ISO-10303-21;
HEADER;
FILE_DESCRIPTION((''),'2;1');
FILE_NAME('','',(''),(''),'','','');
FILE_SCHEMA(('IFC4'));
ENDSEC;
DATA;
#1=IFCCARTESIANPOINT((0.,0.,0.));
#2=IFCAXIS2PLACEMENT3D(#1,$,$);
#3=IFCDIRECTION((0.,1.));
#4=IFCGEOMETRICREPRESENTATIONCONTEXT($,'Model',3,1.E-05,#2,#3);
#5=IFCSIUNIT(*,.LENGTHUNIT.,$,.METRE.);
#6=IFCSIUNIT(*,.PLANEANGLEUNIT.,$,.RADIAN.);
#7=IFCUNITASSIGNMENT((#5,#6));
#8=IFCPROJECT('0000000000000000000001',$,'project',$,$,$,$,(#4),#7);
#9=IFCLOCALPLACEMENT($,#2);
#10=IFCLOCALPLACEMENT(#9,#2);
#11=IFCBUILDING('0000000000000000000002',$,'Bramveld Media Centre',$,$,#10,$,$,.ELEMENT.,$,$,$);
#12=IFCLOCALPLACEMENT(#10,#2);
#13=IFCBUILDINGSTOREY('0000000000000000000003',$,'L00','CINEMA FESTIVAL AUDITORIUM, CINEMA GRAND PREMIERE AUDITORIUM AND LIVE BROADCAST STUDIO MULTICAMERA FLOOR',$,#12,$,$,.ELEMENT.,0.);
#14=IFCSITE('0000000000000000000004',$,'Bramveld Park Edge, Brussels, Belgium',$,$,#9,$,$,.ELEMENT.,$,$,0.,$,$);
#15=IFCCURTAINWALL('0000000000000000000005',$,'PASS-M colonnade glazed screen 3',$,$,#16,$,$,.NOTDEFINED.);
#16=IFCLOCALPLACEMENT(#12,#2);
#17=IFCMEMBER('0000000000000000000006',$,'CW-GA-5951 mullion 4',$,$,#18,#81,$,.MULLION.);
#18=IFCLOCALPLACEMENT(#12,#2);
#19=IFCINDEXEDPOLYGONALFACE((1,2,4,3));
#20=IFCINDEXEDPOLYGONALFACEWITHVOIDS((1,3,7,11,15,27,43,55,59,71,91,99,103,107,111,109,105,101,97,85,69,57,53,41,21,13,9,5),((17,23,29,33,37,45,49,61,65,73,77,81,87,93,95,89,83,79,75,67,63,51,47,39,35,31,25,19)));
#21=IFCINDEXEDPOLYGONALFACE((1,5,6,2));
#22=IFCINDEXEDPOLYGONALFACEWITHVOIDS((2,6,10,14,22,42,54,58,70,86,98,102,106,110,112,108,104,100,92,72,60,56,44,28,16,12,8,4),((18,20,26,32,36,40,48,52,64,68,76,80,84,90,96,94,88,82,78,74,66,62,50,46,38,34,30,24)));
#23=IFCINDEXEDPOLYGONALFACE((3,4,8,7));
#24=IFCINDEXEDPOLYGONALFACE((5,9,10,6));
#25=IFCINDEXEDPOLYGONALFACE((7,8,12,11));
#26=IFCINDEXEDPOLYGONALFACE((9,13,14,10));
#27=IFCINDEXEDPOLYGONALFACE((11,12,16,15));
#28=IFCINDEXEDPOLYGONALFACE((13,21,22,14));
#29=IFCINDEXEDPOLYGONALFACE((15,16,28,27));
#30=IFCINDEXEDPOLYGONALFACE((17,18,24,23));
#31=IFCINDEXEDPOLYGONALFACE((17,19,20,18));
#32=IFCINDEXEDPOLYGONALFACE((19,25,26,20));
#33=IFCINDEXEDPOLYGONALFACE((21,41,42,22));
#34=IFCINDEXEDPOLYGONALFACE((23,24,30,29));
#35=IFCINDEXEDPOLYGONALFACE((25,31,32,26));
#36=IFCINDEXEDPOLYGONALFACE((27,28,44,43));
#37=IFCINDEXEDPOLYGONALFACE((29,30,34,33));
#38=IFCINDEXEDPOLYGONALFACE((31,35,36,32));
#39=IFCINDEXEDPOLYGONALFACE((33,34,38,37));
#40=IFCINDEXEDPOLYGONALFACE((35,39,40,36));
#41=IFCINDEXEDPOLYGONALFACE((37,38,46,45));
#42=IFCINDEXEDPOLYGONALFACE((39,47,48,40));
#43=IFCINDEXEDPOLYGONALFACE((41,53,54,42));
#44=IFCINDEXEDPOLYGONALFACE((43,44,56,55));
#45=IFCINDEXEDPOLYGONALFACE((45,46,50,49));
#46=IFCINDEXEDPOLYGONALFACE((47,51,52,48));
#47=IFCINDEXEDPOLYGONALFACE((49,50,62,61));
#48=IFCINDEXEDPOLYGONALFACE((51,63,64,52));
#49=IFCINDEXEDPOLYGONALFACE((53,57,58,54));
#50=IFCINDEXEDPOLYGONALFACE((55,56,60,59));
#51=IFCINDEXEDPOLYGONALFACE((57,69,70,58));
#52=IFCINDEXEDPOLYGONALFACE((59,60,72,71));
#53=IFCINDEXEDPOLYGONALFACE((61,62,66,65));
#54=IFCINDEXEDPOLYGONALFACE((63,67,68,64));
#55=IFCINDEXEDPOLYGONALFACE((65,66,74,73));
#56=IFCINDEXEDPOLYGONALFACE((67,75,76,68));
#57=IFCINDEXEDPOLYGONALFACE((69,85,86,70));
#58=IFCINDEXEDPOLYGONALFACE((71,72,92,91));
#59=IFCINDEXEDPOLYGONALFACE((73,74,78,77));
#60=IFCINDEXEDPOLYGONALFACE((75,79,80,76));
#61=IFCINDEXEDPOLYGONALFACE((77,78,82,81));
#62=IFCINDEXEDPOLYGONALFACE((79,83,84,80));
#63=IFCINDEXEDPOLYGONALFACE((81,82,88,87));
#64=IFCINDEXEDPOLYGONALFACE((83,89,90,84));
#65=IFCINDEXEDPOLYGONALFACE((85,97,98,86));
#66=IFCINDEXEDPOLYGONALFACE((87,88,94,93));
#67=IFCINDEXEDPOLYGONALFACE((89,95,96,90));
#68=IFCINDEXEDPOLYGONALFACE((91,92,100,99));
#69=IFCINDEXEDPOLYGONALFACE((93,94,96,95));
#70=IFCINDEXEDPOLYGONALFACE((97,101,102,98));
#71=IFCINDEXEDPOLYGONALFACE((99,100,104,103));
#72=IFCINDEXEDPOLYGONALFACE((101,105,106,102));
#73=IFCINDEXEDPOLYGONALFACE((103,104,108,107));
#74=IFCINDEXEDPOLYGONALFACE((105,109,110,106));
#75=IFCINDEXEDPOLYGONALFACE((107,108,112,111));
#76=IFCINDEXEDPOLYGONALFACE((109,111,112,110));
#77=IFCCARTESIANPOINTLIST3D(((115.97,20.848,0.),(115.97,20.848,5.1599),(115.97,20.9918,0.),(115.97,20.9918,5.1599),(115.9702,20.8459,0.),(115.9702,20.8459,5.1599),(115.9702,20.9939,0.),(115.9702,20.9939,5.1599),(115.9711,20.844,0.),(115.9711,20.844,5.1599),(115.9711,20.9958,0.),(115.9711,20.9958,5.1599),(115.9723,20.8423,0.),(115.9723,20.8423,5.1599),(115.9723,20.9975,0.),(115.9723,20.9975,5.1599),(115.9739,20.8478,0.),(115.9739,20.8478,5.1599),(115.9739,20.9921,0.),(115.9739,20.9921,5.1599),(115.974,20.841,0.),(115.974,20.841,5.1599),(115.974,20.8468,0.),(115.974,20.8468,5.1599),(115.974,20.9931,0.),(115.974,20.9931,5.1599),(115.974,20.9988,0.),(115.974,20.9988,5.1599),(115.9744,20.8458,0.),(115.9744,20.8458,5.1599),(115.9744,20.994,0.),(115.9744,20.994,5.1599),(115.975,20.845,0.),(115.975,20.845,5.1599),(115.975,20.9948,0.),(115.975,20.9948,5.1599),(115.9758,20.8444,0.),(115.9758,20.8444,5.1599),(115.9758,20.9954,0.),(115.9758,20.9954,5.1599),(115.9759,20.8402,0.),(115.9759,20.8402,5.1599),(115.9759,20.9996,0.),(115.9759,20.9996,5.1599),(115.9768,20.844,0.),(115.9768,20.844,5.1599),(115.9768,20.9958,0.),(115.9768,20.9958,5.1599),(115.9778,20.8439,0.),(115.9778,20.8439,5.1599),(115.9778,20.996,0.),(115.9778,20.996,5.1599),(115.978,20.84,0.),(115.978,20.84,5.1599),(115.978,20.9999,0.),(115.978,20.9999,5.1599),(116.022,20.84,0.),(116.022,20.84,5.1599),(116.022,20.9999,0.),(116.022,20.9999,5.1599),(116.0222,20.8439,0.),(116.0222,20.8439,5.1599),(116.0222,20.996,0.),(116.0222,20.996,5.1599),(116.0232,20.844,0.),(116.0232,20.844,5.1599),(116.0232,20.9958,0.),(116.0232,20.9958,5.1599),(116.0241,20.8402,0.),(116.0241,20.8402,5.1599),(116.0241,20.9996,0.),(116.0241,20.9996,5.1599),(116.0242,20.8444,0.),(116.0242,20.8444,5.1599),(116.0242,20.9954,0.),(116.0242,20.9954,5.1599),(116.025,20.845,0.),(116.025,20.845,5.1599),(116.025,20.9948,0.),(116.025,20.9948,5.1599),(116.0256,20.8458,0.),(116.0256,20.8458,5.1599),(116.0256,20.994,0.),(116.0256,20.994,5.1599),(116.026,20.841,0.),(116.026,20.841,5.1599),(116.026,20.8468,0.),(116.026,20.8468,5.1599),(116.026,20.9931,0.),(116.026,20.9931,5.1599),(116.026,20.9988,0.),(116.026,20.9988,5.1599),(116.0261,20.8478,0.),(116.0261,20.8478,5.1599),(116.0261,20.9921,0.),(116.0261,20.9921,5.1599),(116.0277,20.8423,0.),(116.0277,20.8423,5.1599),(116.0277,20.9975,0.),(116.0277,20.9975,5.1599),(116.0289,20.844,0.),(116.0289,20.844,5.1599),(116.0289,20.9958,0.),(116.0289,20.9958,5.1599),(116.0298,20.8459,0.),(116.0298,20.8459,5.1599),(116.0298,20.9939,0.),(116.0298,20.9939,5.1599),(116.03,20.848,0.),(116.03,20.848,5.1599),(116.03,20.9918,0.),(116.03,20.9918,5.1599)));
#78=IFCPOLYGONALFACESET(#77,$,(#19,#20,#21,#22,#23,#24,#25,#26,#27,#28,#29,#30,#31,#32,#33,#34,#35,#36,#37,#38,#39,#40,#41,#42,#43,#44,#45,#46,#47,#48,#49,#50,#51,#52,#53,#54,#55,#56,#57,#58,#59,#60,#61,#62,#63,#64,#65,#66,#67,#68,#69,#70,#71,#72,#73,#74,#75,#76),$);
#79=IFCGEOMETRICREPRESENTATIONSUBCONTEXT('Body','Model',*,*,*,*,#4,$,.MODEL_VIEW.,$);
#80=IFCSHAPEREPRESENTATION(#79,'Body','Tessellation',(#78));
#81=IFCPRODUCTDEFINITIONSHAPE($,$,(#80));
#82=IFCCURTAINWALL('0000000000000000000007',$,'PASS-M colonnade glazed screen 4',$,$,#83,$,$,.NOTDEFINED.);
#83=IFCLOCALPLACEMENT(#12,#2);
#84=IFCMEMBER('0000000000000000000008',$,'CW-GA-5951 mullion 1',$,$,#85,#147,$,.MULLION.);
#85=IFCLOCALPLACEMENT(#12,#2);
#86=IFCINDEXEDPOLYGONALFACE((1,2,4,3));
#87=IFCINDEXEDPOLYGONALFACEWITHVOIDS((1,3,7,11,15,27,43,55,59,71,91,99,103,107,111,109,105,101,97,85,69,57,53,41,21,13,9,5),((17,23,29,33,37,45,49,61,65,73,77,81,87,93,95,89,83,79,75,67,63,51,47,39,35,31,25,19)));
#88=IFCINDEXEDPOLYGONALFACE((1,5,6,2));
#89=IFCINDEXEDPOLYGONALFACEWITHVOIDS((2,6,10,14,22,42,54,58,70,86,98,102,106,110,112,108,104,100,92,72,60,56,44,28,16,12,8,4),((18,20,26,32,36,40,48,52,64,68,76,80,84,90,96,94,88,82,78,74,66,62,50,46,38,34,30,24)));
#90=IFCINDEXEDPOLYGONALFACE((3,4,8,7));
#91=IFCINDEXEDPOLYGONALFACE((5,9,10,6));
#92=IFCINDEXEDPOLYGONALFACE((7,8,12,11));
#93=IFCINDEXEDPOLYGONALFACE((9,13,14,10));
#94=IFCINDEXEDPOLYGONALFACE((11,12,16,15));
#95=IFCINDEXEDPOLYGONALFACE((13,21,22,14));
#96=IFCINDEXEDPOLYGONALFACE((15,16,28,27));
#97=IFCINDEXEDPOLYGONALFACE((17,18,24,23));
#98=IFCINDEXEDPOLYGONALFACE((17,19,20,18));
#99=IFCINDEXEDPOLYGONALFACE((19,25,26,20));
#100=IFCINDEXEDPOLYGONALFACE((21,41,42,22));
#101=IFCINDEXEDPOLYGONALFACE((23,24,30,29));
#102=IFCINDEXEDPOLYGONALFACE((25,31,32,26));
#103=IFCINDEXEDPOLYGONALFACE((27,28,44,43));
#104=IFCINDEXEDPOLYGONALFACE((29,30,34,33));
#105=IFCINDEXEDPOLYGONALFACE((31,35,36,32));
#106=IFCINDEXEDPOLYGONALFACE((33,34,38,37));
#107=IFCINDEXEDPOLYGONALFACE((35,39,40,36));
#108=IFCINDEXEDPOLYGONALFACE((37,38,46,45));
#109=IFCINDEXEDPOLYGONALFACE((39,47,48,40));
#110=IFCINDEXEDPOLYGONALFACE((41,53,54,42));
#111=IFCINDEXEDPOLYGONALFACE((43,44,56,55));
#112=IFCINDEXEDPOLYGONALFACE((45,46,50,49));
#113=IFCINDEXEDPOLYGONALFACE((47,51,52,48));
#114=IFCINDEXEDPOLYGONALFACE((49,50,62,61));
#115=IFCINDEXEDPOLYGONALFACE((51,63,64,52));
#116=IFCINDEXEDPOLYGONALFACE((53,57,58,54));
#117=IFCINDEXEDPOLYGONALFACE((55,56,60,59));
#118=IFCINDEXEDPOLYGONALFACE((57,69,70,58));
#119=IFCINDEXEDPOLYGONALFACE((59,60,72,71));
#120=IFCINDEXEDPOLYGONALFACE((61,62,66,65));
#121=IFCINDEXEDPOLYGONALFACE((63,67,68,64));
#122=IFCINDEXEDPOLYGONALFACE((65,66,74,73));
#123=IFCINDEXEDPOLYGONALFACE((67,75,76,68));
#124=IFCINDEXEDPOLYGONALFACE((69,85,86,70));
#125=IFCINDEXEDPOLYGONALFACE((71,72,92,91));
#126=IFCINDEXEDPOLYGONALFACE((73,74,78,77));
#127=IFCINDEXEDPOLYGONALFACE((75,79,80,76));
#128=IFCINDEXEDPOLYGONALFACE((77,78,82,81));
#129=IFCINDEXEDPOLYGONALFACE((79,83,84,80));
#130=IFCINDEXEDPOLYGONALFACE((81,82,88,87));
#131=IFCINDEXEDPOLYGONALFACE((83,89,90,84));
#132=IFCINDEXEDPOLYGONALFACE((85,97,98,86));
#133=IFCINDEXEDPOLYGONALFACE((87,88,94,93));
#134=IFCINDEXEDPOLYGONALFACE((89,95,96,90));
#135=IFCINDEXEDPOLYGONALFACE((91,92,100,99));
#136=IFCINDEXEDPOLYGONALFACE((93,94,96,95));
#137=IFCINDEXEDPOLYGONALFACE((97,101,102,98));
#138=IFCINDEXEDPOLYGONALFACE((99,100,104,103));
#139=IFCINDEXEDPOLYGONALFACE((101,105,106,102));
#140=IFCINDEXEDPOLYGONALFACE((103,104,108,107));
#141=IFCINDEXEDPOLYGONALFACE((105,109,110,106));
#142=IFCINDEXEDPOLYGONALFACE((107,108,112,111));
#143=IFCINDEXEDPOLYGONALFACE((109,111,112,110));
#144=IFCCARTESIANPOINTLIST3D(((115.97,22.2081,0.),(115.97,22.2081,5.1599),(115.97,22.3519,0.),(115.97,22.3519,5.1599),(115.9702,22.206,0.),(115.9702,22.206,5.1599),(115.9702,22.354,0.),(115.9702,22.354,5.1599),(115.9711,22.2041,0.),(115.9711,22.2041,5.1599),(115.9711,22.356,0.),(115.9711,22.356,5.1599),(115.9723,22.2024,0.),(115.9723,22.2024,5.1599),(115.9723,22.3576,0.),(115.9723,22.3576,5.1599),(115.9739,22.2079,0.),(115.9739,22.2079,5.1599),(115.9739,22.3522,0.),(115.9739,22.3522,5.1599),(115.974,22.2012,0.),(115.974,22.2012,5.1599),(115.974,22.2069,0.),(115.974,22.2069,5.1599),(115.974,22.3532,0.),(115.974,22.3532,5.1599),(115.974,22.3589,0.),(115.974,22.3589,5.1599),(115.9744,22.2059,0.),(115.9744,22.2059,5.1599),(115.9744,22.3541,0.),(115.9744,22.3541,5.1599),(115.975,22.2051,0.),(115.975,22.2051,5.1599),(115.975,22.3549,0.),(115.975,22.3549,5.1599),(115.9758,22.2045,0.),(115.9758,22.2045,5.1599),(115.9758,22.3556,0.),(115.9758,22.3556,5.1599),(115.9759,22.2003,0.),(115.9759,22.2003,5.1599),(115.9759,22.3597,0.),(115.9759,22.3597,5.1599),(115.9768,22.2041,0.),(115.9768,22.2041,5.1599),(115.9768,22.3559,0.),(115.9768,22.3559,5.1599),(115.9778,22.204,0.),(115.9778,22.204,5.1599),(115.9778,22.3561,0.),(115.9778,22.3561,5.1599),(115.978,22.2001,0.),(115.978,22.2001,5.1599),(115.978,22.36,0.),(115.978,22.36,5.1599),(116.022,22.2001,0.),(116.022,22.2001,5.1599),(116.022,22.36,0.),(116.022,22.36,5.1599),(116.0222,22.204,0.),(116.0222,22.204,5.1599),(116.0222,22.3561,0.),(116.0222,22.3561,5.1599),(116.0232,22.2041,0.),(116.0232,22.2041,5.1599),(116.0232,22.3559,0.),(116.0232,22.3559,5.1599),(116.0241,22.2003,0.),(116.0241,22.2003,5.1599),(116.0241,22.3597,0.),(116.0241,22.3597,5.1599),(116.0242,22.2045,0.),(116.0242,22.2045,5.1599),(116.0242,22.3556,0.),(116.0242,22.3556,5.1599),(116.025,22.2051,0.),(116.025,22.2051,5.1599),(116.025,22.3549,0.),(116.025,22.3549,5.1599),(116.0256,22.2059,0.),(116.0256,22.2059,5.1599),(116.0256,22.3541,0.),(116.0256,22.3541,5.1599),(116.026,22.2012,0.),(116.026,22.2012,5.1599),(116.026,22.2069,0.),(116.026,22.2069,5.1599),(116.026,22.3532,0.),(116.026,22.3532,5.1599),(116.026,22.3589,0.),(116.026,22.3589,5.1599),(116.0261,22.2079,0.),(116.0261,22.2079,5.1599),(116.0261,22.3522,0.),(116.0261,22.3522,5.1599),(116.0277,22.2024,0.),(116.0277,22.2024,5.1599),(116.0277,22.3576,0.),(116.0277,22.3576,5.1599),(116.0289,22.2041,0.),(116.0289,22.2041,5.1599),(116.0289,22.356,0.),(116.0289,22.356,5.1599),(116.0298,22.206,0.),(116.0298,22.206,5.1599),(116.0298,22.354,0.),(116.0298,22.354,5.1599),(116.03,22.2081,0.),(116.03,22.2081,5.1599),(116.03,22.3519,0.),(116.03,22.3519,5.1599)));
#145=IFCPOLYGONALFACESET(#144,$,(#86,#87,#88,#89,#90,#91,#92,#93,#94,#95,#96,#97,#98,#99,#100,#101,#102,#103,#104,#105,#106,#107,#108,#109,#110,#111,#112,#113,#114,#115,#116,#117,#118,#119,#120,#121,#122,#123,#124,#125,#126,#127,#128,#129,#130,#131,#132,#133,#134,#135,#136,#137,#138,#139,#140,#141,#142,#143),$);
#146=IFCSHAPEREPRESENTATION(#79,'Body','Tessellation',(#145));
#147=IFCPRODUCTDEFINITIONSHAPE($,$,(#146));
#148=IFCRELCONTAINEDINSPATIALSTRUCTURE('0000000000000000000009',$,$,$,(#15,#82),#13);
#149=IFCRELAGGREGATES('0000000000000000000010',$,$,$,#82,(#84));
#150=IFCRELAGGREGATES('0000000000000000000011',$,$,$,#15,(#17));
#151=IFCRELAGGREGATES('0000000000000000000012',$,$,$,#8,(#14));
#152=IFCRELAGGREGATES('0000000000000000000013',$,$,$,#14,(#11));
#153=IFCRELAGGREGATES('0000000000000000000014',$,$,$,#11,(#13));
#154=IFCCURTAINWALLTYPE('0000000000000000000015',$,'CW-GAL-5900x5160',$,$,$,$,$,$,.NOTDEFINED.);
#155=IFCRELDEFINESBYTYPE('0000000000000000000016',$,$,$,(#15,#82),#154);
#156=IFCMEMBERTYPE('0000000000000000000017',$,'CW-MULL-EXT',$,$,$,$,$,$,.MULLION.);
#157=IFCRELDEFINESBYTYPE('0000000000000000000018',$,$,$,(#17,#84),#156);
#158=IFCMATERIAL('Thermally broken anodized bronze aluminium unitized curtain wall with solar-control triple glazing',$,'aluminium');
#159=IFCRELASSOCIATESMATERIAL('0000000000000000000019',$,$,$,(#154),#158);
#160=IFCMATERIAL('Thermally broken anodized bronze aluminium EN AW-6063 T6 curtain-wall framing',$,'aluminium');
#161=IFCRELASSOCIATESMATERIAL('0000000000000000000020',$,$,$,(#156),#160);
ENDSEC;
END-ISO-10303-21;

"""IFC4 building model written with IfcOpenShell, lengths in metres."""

from ifc_helpers import new_model, si_unit, direction, frame, origin, origin_2d, place, context, subcontext, project, spatial, hollow_rectangle, extrude, material, material_profile, profile_set, type_object, element, aggregate, save


model = new_model("IFC4")

# Units and contexts
model_context = context("Model", 3, precision=1e-05, world=origin(), true_north=direction((0.0, 1.0)))
body_context = subcontext(model_context, "Body", "Model", "MODEL_VIEW")
ifc_project = project(units=[si_unit("LENGTHUNIT", "METRE"), si_unit("PLANEANGLEUNIT", "RADIAN")], contexts=[model_context])

# Site, building, storey
site_placement = place(None, origin())
site = spatial("IfcSite", under=ifc_project, at=site_placement, Name="Bramveld Park Edge, Brussels, Belgium", CompositionType="ELEMENT", RefElevation=0.0)
building_placement = place(site_placement, origin())
building = spatial("IfcBuilding", under=site, at=building_placement, Name="Bramveld Media Centre", CompositionType="ELEMENT")
storey_placement = place(building_placement, origin())
storey = spatial("IfcBuildingStorey", under=building, at=storey_placement, Name="L00", Description="CINEMA FESTIVAL AUDITORIUM, CINEMA GRAND PREMIERE AUDITORIUM AND LIVE BROADCAST STUDIO MULTICAMERA FLOOR", CompositionType="ELEMENT", Elevation=0.0)

# Curtain wall, member
ifc_material_1 = material(Name="Thermally broken anodized bronze aluminium unitized curtain wall with solar-control triple glazing", Category="aluminium")
curtain_wall_type = type_object("IfcCurtainWallType", Name="CW-GAL-5900x5160", PredefinedType="NOTDEFINED", material=ifc_material_1)
curtain_wall_1_placement = place(storey_placement, origin())
curtain_wall_1 = element("IfcCurtainWall", 1, at=curtain_wall_1_placement, inside=storey, type_object=curtain_wall_type, Name="PASS-M colonnade glazed screen 3", PredefinedType="NOTDEFINED")
ifc_material_2 = material(Name="Thermally broken anodized bronze aluminium EN AW-6063 T6 curtain-wall framing", Category="aluminium")
ifc_material_profile_1 = material_profile(ifc_material_2, hollow_rectangle(XDim=0.0601, YDim=0.1599, WallThickness=0.0039, InnerFilletRadius=0.0039, OuterFilletRadius=0.0081, at=origin_2d()), Name="AL-MULL 60x160")
ifc_profile_set_1 = profile_set([ifc_material_profile_1], Name="Thermally broken anodized bronze aluminium EN AW-6063 T6 curtain-wall framing")
member_type_1 = type_object("IfcMemberType", Name="CW-MULL-EXT", PredefinedType="MULLION", material=ifc_profile_set_1)
member_1_placement = place(storey_placement, frame((116.0, 20.9199, 0.0), z_axis=(0.0, 0.0, 1.0), x_axis=(-1.0, 0.0, 0.0)))
member_1 = element("IfcMember", 2, at=member_1_placement, type_object=member_type_1, Name="CW-GA-5951 mullion 4", PredefinedType="MULLION", context=body_context, shape_type="SweptSolid", body=[
    extrude(hollow_rectangle(XDim=0.0601, YDim=0.1599, WallThickness=0.0039, InnerFilletRadius=0.0039, OuterFilletRadius=0.0081, at=origin_2d()), origin(), (0.0, 0.0, 1.0), 5.1599),
])

# Curtain wall, member
curtain_wall_2_placement = place(storey_placement, origin())
curtain_wall_2 = element("IfcCurtainWall", 3, at=curtain_wall_2_placement, inside=storey, type_object=curtain_wall_type, Name="PASS-M colonnade glazed screen 4", PredefinedType="NOTDEFINED")
member_2_placement = place(storey_placement, frame((116.0, 22.28, 0.0), z_axis=(0.0, 0.0, 1.0), x_axis=(-1.0, 0.0, 0.0)))
member_2 = element("IfcMember", 4, at=member_2_placement, type_object=member_type_1, Name="CW-GA-5951 mullion 1", PredefinedType="MULLION", context=body_context, shape_type="SweptSolid", body=[
    extrude(hollow_rectangle(XDim=0.0601, YDim=0.1599, WallThickness=0.0039, InnerFilletRadius=0.0039, OuterFilletRadius=0.0081, at=origin_2d()), origin(), (0.0, 0.0, 1.0), 5.1599),
])
aggregate(curtain_wall_2, [member_2])

aggregate(curtain_wall_1, [member_1])

save(model, "model.ifc")
